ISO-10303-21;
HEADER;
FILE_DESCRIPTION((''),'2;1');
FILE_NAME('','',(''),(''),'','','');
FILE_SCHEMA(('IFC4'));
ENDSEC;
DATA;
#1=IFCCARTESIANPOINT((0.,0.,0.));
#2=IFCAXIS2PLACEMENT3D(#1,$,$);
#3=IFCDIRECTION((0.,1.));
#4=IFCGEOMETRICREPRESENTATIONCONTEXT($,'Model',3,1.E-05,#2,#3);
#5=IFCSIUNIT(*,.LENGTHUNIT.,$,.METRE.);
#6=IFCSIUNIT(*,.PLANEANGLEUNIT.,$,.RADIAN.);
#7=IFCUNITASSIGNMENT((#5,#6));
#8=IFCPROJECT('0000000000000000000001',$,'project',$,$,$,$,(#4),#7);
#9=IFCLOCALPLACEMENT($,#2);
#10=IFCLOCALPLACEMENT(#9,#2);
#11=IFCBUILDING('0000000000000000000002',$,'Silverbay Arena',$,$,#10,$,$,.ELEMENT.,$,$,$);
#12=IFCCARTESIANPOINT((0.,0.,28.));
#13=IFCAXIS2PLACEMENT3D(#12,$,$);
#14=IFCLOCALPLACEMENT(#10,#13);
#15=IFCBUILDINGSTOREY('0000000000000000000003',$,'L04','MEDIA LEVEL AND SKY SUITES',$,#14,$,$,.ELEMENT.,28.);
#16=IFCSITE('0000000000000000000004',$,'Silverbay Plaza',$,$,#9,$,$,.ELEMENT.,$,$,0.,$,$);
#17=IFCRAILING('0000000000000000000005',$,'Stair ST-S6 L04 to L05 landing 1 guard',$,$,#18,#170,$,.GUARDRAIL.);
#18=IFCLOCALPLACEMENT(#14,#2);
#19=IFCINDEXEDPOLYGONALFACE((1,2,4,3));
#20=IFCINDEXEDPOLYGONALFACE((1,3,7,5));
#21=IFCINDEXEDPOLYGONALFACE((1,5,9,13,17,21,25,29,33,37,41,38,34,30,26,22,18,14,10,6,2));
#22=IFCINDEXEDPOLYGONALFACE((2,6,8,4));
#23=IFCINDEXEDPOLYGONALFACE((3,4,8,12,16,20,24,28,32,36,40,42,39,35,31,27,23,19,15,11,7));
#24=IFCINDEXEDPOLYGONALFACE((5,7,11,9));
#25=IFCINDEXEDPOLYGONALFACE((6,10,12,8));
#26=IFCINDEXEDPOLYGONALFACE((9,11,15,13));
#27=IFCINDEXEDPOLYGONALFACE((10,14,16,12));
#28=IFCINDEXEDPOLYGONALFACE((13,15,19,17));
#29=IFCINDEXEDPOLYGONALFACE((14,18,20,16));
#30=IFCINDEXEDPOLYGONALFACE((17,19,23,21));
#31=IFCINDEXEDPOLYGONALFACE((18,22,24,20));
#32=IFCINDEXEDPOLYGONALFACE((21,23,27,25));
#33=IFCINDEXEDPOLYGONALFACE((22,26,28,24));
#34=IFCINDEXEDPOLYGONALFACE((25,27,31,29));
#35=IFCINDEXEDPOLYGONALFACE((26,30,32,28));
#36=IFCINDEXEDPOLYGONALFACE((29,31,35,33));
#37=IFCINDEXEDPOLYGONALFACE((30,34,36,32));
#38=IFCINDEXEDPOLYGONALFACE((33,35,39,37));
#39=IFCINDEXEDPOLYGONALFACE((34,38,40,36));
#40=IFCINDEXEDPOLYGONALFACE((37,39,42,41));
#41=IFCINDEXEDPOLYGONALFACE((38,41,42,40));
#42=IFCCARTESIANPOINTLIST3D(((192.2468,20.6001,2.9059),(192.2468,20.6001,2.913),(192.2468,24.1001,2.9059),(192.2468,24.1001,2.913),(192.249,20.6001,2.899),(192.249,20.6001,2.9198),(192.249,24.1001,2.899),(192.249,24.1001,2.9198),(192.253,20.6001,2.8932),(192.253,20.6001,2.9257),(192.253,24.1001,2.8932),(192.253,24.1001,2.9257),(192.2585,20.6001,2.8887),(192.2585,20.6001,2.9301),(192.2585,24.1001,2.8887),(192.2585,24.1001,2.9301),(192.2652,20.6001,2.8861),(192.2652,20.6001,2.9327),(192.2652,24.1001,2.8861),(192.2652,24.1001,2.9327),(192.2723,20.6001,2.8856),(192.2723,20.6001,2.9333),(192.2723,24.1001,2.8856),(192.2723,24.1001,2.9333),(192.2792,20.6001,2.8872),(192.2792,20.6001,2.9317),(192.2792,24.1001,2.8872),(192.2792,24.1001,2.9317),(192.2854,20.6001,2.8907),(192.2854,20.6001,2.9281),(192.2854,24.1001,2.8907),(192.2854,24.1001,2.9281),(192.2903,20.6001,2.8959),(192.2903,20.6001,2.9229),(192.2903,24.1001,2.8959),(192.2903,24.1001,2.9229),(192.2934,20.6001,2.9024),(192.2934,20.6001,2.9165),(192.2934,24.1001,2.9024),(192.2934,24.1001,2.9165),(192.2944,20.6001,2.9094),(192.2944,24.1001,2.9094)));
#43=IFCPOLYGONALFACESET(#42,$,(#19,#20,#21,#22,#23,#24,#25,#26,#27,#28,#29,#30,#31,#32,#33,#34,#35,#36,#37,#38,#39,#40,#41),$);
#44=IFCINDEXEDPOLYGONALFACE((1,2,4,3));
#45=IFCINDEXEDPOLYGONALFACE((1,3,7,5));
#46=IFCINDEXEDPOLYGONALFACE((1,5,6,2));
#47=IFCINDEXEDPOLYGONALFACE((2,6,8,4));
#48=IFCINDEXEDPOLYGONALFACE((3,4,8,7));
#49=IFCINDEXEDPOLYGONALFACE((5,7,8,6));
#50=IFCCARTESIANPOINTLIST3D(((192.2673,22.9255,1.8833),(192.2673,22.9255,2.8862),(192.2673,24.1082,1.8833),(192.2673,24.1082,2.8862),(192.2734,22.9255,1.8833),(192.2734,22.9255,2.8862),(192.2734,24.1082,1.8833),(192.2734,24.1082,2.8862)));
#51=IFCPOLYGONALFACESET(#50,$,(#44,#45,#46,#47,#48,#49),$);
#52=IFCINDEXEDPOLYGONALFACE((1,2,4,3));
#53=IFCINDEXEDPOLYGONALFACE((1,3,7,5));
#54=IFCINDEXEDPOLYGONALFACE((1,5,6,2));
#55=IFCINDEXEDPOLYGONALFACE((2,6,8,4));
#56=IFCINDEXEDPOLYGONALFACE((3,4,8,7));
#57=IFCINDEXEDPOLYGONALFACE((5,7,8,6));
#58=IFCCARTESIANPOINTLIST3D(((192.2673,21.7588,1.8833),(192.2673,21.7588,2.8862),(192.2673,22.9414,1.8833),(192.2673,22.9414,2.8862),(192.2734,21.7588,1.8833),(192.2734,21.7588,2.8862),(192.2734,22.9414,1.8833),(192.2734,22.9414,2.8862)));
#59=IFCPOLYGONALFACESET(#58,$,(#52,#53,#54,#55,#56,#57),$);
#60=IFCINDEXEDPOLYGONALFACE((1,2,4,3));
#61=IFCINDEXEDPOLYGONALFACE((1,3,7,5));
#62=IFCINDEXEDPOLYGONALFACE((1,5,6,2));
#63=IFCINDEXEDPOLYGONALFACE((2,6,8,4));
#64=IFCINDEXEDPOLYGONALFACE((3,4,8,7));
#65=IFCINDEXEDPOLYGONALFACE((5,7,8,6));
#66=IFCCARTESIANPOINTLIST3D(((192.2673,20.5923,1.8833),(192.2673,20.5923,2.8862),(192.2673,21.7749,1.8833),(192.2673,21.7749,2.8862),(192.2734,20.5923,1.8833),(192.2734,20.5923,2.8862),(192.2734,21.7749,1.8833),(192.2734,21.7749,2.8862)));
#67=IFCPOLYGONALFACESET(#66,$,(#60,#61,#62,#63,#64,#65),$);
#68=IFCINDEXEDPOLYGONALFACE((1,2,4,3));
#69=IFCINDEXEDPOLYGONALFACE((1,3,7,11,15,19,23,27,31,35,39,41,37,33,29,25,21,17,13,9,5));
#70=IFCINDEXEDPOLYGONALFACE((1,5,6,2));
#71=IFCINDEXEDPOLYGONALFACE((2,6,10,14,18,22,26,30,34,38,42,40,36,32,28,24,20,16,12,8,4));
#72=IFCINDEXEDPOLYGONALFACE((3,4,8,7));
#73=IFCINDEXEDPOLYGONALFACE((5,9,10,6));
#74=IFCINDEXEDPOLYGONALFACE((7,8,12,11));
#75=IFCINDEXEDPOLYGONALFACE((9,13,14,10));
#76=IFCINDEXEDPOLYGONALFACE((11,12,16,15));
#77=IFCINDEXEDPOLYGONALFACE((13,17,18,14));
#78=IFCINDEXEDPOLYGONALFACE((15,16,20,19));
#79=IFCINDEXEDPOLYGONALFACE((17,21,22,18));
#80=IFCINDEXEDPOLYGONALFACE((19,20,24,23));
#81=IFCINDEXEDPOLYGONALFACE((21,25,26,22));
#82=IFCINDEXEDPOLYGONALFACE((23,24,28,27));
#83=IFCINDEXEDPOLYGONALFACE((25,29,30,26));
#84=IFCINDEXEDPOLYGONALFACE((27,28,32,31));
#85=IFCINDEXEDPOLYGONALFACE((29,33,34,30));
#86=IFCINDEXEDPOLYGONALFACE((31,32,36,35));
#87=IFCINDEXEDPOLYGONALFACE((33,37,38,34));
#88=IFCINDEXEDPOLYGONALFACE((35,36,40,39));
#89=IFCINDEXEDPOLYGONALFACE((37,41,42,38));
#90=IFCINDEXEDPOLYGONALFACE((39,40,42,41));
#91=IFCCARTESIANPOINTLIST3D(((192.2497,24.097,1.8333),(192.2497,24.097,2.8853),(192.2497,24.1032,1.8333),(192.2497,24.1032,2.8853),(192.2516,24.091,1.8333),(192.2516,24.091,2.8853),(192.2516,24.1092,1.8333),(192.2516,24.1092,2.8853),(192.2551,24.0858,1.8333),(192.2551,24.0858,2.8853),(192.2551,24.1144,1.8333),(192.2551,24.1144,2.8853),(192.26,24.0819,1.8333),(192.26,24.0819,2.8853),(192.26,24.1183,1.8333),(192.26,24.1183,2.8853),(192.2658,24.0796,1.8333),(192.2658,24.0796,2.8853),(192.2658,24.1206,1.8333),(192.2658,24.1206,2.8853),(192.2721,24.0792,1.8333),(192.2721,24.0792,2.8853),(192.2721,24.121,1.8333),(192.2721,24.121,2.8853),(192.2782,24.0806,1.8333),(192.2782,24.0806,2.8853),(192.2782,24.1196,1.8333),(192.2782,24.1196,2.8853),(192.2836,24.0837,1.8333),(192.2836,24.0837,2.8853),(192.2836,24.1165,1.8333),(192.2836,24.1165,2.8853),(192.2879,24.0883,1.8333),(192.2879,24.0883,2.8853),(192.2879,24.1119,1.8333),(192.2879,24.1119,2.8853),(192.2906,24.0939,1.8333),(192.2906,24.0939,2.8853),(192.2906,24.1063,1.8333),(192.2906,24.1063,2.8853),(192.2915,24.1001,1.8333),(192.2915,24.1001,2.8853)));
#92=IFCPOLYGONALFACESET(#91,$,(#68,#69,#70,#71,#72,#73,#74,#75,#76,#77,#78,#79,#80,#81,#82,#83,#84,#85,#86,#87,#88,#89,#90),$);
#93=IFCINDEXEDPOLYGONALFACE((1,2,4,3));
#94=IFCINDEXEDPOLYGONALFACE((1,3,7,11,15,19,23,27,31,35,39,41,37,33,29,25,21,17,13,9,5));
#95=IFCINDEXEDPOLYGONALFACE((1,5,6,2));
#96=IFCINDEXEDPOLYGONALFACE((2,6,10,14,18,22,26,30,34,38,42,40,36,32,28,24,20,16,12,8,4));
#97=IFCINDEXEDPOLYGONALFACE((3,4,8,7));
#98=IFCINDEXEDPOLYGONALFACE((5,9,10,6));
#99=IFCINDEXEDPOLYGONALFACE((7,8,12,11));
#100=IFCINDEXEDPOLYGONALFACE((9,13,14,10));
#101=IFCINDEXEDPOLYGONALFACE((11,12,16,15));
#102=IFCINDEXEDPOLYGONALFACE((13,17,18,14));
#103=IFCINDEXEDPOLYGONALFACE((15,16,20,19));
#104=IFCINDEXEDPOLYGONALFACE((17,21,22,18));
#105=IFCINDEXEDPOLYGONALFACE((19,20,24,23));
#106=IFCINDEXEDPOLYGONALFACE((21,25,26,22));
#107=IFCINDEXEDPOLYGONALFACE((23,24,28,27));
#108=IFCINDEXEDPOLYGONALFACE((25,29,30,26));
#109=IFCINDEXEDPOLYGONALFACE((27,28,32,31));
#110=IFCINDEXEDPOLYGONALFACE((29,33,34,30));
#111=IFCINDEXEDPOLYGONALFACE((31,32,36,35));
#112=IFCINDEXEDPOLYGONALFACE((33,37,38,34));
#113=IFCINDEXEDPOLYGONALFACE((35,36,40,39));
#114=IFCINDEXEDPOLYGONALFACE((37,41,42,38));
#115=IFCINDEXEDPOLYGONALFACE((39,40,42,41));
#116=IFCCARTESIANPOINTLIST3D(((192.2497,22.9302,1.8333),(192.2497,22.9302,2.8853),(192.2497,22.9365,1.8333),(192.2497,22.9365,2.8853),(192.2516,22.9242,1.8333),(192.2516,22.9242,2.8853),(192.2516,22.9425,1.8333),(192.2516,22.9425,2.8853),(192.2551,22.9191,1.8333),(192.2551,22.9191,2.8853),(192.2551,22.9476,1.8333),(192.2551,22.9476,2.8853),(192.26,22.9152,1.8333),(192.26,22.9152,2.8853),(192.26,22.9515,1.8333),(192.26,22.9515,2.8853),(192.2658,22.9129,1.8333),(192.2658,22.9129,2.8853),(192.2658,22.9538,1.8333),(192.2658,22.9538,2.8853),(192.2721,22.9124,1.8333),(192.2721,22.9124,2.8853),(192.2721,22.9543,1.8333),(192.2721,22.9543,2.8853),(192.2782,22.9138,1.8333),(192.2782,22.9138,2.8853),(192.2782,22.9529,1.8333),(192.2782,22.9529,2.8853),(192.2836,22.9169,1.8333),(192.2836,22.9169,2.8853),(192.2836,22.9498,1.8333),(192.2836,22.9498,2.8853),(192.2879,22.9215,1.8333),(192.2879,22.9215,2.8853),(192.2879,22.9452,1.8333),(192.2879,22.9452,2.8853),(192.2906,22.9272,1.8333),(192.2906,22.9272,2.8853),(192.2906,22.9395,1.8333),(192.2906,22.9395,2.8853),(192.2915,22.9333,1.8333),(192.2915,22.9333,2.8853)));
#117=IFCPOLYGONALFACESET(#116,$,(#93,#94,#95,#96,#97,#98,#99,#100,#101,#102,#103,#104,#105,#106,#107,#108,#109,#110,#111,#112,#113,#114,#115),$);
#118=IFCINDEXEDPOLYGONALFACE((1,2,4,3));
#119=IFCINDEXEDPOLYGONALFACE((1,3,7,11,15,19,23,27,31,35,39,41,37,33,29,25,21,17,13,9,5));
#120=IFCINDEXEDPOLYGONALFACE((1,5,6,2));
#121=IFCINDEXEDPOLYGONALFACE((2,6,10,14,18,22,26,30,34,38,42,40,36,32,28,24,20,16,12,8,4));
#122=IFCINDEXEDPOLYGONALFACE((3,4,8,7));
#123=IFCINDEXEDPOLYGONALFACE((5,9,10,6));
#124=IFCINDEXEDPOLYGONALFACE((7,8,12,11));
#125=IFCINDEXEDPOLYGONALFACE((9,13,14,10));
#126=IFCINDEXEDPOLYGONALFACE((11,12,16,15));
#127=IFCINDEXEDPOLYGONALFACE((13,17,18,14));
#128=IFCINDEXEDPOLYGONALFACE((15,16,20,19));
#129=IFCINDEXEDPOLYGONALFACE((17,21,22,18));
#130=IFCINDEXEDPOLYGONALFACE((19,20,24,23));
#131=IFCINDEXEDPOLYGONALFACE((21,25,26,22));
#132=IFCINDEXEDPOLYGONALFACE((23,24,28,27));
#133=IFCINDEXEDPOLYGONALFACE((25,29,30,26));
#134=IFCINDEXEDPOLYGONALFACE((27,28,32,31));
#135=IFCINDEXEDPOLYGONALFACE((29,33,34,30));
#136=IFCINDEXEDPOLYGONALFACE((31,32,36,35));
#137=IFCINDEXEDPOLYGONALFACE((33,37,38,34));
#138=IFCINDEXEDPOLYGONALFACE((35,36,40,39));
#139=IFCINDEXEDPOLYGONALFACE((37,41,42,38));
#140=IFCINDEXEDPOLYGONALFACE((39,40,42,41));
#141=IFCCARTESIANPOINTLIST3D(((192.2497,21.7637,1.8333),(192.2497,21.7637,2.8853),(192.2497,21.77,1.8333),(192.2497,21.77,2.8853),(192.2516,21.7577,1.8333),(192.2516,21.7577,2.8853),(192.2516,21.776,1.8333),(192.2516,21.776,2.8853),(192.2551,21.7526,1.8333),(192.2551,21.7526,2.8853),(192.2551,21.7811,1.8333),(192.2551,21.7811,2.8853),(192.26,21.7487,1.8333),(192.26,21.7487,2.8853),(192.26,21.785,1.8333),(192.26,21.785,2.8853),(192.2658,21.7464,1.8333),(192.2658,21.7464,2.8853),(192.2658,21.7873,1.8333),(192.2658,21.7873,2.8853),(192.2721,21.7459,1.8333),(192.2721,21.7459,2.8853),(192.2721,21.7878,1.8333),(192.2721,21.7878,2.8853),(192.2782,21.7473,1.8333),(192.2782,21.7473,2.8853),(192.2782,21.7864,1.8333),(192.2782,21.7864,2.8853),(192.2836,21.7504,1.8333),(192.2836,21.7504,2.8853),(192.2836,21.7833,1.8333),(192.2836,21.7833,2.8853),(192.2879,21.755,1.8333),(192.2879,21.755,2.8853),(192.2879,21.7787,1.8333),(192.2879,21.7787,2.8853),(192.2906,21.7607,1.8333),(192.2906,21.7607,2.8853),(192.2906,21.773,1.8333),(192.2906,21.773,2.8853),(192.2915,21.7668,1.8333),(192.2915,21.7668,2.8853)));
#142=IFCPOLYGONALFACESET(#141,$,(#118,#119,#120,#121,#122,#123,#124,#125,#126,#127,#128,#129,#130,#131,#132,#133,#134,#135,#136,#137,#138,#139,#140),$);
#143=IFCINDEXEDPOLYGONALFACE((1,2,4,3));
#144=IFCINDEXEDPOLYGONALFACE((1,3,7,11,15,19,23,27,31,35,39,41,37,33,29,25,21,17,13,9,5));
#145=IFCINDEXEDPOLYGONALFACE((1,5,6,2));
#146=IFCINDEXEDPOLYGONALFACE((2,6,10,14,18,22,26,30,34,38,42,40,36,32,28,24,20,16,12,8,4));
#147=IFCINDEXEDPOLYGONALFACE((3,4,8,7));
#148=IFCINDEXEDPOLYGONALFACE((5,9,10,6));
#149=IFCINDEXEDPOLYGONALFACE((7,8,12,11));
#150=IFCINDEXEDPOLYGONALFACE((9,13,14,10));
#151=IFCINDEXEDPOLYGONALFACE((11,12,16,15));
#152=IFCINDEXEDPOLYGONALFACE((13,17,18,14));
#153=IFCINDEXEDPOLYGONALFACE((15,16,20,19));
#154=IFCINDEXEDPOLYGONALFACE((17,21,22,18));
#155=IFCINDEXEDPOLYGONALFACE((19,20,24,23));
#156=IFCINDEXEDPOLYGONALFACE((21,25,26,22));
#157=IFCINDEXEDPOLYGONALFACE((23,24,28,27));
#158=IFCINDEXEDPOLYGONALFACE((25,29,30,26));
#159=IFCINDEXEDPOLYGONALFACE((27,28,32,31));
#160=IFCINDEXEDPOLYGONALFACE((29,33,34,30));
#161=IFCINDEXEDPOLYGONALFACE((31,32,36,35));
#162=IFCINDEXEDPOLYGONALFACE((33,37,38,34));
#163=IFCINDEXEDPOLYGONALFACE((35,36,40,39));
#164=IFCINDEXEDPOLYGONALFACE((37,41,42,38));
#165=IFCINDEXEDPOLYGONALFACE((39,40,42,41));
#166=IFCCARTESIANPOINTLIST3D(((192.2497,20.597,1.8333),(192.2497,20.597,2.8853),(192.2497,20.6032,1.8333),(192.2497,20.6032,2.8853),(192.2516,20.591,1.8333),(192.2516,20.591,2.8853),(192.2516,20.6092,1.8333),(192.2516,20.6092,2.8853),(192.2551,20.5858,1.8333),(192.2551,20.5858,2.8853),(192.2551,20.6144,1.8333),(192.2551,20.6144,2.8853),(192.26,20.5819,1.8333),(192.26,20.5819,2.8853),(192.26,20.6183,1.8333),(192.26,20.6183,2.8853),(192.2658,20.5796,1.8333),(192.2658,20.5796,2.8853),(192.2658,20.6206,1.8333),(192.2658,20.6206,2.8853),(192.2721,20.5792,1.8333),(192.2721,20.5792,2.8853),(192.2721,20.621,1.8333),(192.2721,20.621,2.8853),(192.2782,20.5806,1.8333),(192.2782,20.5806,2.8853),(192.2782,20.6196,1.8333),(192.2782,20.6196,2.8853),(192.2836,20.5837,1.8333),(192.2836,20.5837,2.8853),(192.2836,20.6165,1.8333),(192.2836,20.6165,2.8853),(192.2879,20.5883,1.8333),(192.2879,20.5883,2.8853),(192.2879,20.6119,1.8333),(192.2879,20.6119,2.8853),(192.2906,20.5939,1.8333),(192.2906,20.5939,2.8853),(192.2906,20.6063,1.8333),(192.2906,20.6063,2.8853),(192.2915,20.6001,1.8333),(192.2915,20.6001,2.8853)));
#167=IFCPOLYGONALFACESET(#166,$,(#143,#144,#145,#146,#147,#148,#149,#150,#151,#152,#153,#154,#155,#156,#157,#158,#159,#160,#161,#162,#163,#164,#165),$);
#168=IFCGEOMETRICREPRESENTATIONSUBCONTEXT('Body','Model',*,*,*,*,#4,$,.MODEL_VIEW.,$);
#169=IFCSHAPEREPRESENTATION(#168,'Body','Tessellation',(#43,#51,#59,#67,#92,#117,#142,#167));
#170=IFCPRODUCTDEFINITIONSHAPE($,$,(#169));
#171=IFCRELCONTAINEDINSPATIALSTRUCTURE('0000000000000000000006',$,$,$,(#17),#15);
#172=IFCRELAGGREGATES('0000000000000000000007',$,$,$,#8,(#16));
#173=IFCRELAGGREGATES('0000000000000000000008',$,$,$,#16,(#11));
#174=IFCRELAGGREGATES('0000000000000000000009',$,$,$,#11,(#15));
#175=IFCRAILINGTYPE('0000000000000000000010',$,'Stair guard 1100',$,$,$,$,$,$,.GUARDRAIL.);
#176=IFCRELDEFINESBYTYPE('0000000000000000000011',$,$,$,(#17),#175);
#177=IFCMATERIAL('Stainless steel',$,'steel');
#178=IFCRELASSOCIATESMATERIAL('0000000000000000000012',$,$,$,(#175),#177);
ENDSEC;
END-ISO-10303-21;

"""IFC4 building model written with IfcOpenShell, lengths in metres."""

from ifc_helpers import new_model, si_unit, direction, frame, origin, origin_2d, place, context, subcontext, project, spatial, polyline, circle, outline, extrude, material, type_object, element, save


model = new_model("IFC4")

# Units and contexts
model_context = context("Model", 3, precision=1e-05, world=origin(), true_north=direction((0.0, 1.0)))
body_context = subcontext(model_context, "Body", "Model", "MODEL_VIEW")
ifc_project = project(units=[si_unit("LENGTHUNIT", "METRE"), si_unit("PLANEANGLEUNIT", "RADIAN")], contexts=[model_context])

# Site, building, storey
site_placement = place(None, origin())
site = spatial("IfcSite", under=ifc_project, at=site_placement, Name="Silverbay Plaza", CompositionType="ELEMENT", RefElevation=0.0)
building_placement = place(site_placement, origin())
building = spatial("IfcBuilding", under=site, at=building_placement, Name="Silverbay Arena", CompositionType="ELEMENT")
storey_placement = place(building_placement, frame((0.0, 0.0, 28.0)))
storey = spatial("IfcBuildingStorey", under=building, at=storey_placement, Name="L04", Description="MEDIA LEVEL AND SKY SUITES", CompositionType="ELEMENT", Elevation=28.0)

# Railing
ifc_material_1 = material(Name="Stainless steel", Category="steel")
railing_type_1 = type_object("IfcRailingType", Name="Stair guard 1100", PredefinedType="GUARDRAIL", material=ifc_material_1)
for number, where, name in (
    (1, (192.2705, 24.1001, 1.8333), "Stair ST-S6 L04 to L05 landing 1 guard"),
):
    element("IfcRailing", number, at=place(storey_placement, frame(where)), inside=storey, type_object=railing_type_1, Name=name, PredefinedType="GUARDRAIL", context=body_context, shape_type="SweptSolid", body=[
        extrude(circle(Radius=0.0239, at=origin_2d()), frame((0.0, 0.0, 1.0762), z_axis=(0.0, -1.0, 0.0), x_axis=(1.0, 0.0, 0.0)), (0.0, 0.0, 1.0), 3.5),
        extrude(outline(polyline([(-0.0081, 0.05), (1.1746, 0.05), (1.1746, 1.053), (-0.0081, 1.053), (-0.0081, 0.05)])), frame((0.0029, 0.0, 0.0), z_axis=(-1.0, 0.0, 0.0), x_axis=(0.0, -1.0, 0.0)), (0.0, 0.0, 1.0), 0.0061),
        extrude(outline(polyline([(-0.0081, 0.05), (1.1746, 0.05), (1.1746, 1.053), (-0.0081, 1.053), (-0.0081, 0.05)])), frame((0.0029, -1.1667, 0.0), z_axis=(-1.0, 0.0, 0.0), x_axis=(0.0, -1.0, 0.0)), (0.0, 0.0, 1.0), 0.0061),
        extrude(outline(polyline([(-0.0081, 0.05), (1.1746, 0.05), (1.1746, 1.053), (-0.0081, 1.053), (-0.0081, 0.05)])), frame((0.0029, -2.3333, 0.0), z_axis=(-1.0, 0.0, 0.0), x_axis=(0.0, -1.0, 0.0)), (0.0, 0.0, 1.0), 0.0061),
        extrude(circle(Radius=0.021, at=origin_2d()), origin(), (0.0, 0.0, 1.0), 1.052),
        extrude(circle(Radius=0.021, at=origin_2d()), frame((0.0, -1.1667, 0.0)), (0.0, 0.0, 1.0), 1.052),
        extrude(circle(Radius=0.021, at=origin_2d()), frame((0.0, -2.3333, 0.0)), (0.0, 0.0, 1.0), 1.052),
        extrude(circle(Radius=0.021, at=origin_2d()), frame((0.0, -3.5, 0.0)), (0.0, 0.0, 1.0), 1.052),
    ])

save(model, "model.ifc")
